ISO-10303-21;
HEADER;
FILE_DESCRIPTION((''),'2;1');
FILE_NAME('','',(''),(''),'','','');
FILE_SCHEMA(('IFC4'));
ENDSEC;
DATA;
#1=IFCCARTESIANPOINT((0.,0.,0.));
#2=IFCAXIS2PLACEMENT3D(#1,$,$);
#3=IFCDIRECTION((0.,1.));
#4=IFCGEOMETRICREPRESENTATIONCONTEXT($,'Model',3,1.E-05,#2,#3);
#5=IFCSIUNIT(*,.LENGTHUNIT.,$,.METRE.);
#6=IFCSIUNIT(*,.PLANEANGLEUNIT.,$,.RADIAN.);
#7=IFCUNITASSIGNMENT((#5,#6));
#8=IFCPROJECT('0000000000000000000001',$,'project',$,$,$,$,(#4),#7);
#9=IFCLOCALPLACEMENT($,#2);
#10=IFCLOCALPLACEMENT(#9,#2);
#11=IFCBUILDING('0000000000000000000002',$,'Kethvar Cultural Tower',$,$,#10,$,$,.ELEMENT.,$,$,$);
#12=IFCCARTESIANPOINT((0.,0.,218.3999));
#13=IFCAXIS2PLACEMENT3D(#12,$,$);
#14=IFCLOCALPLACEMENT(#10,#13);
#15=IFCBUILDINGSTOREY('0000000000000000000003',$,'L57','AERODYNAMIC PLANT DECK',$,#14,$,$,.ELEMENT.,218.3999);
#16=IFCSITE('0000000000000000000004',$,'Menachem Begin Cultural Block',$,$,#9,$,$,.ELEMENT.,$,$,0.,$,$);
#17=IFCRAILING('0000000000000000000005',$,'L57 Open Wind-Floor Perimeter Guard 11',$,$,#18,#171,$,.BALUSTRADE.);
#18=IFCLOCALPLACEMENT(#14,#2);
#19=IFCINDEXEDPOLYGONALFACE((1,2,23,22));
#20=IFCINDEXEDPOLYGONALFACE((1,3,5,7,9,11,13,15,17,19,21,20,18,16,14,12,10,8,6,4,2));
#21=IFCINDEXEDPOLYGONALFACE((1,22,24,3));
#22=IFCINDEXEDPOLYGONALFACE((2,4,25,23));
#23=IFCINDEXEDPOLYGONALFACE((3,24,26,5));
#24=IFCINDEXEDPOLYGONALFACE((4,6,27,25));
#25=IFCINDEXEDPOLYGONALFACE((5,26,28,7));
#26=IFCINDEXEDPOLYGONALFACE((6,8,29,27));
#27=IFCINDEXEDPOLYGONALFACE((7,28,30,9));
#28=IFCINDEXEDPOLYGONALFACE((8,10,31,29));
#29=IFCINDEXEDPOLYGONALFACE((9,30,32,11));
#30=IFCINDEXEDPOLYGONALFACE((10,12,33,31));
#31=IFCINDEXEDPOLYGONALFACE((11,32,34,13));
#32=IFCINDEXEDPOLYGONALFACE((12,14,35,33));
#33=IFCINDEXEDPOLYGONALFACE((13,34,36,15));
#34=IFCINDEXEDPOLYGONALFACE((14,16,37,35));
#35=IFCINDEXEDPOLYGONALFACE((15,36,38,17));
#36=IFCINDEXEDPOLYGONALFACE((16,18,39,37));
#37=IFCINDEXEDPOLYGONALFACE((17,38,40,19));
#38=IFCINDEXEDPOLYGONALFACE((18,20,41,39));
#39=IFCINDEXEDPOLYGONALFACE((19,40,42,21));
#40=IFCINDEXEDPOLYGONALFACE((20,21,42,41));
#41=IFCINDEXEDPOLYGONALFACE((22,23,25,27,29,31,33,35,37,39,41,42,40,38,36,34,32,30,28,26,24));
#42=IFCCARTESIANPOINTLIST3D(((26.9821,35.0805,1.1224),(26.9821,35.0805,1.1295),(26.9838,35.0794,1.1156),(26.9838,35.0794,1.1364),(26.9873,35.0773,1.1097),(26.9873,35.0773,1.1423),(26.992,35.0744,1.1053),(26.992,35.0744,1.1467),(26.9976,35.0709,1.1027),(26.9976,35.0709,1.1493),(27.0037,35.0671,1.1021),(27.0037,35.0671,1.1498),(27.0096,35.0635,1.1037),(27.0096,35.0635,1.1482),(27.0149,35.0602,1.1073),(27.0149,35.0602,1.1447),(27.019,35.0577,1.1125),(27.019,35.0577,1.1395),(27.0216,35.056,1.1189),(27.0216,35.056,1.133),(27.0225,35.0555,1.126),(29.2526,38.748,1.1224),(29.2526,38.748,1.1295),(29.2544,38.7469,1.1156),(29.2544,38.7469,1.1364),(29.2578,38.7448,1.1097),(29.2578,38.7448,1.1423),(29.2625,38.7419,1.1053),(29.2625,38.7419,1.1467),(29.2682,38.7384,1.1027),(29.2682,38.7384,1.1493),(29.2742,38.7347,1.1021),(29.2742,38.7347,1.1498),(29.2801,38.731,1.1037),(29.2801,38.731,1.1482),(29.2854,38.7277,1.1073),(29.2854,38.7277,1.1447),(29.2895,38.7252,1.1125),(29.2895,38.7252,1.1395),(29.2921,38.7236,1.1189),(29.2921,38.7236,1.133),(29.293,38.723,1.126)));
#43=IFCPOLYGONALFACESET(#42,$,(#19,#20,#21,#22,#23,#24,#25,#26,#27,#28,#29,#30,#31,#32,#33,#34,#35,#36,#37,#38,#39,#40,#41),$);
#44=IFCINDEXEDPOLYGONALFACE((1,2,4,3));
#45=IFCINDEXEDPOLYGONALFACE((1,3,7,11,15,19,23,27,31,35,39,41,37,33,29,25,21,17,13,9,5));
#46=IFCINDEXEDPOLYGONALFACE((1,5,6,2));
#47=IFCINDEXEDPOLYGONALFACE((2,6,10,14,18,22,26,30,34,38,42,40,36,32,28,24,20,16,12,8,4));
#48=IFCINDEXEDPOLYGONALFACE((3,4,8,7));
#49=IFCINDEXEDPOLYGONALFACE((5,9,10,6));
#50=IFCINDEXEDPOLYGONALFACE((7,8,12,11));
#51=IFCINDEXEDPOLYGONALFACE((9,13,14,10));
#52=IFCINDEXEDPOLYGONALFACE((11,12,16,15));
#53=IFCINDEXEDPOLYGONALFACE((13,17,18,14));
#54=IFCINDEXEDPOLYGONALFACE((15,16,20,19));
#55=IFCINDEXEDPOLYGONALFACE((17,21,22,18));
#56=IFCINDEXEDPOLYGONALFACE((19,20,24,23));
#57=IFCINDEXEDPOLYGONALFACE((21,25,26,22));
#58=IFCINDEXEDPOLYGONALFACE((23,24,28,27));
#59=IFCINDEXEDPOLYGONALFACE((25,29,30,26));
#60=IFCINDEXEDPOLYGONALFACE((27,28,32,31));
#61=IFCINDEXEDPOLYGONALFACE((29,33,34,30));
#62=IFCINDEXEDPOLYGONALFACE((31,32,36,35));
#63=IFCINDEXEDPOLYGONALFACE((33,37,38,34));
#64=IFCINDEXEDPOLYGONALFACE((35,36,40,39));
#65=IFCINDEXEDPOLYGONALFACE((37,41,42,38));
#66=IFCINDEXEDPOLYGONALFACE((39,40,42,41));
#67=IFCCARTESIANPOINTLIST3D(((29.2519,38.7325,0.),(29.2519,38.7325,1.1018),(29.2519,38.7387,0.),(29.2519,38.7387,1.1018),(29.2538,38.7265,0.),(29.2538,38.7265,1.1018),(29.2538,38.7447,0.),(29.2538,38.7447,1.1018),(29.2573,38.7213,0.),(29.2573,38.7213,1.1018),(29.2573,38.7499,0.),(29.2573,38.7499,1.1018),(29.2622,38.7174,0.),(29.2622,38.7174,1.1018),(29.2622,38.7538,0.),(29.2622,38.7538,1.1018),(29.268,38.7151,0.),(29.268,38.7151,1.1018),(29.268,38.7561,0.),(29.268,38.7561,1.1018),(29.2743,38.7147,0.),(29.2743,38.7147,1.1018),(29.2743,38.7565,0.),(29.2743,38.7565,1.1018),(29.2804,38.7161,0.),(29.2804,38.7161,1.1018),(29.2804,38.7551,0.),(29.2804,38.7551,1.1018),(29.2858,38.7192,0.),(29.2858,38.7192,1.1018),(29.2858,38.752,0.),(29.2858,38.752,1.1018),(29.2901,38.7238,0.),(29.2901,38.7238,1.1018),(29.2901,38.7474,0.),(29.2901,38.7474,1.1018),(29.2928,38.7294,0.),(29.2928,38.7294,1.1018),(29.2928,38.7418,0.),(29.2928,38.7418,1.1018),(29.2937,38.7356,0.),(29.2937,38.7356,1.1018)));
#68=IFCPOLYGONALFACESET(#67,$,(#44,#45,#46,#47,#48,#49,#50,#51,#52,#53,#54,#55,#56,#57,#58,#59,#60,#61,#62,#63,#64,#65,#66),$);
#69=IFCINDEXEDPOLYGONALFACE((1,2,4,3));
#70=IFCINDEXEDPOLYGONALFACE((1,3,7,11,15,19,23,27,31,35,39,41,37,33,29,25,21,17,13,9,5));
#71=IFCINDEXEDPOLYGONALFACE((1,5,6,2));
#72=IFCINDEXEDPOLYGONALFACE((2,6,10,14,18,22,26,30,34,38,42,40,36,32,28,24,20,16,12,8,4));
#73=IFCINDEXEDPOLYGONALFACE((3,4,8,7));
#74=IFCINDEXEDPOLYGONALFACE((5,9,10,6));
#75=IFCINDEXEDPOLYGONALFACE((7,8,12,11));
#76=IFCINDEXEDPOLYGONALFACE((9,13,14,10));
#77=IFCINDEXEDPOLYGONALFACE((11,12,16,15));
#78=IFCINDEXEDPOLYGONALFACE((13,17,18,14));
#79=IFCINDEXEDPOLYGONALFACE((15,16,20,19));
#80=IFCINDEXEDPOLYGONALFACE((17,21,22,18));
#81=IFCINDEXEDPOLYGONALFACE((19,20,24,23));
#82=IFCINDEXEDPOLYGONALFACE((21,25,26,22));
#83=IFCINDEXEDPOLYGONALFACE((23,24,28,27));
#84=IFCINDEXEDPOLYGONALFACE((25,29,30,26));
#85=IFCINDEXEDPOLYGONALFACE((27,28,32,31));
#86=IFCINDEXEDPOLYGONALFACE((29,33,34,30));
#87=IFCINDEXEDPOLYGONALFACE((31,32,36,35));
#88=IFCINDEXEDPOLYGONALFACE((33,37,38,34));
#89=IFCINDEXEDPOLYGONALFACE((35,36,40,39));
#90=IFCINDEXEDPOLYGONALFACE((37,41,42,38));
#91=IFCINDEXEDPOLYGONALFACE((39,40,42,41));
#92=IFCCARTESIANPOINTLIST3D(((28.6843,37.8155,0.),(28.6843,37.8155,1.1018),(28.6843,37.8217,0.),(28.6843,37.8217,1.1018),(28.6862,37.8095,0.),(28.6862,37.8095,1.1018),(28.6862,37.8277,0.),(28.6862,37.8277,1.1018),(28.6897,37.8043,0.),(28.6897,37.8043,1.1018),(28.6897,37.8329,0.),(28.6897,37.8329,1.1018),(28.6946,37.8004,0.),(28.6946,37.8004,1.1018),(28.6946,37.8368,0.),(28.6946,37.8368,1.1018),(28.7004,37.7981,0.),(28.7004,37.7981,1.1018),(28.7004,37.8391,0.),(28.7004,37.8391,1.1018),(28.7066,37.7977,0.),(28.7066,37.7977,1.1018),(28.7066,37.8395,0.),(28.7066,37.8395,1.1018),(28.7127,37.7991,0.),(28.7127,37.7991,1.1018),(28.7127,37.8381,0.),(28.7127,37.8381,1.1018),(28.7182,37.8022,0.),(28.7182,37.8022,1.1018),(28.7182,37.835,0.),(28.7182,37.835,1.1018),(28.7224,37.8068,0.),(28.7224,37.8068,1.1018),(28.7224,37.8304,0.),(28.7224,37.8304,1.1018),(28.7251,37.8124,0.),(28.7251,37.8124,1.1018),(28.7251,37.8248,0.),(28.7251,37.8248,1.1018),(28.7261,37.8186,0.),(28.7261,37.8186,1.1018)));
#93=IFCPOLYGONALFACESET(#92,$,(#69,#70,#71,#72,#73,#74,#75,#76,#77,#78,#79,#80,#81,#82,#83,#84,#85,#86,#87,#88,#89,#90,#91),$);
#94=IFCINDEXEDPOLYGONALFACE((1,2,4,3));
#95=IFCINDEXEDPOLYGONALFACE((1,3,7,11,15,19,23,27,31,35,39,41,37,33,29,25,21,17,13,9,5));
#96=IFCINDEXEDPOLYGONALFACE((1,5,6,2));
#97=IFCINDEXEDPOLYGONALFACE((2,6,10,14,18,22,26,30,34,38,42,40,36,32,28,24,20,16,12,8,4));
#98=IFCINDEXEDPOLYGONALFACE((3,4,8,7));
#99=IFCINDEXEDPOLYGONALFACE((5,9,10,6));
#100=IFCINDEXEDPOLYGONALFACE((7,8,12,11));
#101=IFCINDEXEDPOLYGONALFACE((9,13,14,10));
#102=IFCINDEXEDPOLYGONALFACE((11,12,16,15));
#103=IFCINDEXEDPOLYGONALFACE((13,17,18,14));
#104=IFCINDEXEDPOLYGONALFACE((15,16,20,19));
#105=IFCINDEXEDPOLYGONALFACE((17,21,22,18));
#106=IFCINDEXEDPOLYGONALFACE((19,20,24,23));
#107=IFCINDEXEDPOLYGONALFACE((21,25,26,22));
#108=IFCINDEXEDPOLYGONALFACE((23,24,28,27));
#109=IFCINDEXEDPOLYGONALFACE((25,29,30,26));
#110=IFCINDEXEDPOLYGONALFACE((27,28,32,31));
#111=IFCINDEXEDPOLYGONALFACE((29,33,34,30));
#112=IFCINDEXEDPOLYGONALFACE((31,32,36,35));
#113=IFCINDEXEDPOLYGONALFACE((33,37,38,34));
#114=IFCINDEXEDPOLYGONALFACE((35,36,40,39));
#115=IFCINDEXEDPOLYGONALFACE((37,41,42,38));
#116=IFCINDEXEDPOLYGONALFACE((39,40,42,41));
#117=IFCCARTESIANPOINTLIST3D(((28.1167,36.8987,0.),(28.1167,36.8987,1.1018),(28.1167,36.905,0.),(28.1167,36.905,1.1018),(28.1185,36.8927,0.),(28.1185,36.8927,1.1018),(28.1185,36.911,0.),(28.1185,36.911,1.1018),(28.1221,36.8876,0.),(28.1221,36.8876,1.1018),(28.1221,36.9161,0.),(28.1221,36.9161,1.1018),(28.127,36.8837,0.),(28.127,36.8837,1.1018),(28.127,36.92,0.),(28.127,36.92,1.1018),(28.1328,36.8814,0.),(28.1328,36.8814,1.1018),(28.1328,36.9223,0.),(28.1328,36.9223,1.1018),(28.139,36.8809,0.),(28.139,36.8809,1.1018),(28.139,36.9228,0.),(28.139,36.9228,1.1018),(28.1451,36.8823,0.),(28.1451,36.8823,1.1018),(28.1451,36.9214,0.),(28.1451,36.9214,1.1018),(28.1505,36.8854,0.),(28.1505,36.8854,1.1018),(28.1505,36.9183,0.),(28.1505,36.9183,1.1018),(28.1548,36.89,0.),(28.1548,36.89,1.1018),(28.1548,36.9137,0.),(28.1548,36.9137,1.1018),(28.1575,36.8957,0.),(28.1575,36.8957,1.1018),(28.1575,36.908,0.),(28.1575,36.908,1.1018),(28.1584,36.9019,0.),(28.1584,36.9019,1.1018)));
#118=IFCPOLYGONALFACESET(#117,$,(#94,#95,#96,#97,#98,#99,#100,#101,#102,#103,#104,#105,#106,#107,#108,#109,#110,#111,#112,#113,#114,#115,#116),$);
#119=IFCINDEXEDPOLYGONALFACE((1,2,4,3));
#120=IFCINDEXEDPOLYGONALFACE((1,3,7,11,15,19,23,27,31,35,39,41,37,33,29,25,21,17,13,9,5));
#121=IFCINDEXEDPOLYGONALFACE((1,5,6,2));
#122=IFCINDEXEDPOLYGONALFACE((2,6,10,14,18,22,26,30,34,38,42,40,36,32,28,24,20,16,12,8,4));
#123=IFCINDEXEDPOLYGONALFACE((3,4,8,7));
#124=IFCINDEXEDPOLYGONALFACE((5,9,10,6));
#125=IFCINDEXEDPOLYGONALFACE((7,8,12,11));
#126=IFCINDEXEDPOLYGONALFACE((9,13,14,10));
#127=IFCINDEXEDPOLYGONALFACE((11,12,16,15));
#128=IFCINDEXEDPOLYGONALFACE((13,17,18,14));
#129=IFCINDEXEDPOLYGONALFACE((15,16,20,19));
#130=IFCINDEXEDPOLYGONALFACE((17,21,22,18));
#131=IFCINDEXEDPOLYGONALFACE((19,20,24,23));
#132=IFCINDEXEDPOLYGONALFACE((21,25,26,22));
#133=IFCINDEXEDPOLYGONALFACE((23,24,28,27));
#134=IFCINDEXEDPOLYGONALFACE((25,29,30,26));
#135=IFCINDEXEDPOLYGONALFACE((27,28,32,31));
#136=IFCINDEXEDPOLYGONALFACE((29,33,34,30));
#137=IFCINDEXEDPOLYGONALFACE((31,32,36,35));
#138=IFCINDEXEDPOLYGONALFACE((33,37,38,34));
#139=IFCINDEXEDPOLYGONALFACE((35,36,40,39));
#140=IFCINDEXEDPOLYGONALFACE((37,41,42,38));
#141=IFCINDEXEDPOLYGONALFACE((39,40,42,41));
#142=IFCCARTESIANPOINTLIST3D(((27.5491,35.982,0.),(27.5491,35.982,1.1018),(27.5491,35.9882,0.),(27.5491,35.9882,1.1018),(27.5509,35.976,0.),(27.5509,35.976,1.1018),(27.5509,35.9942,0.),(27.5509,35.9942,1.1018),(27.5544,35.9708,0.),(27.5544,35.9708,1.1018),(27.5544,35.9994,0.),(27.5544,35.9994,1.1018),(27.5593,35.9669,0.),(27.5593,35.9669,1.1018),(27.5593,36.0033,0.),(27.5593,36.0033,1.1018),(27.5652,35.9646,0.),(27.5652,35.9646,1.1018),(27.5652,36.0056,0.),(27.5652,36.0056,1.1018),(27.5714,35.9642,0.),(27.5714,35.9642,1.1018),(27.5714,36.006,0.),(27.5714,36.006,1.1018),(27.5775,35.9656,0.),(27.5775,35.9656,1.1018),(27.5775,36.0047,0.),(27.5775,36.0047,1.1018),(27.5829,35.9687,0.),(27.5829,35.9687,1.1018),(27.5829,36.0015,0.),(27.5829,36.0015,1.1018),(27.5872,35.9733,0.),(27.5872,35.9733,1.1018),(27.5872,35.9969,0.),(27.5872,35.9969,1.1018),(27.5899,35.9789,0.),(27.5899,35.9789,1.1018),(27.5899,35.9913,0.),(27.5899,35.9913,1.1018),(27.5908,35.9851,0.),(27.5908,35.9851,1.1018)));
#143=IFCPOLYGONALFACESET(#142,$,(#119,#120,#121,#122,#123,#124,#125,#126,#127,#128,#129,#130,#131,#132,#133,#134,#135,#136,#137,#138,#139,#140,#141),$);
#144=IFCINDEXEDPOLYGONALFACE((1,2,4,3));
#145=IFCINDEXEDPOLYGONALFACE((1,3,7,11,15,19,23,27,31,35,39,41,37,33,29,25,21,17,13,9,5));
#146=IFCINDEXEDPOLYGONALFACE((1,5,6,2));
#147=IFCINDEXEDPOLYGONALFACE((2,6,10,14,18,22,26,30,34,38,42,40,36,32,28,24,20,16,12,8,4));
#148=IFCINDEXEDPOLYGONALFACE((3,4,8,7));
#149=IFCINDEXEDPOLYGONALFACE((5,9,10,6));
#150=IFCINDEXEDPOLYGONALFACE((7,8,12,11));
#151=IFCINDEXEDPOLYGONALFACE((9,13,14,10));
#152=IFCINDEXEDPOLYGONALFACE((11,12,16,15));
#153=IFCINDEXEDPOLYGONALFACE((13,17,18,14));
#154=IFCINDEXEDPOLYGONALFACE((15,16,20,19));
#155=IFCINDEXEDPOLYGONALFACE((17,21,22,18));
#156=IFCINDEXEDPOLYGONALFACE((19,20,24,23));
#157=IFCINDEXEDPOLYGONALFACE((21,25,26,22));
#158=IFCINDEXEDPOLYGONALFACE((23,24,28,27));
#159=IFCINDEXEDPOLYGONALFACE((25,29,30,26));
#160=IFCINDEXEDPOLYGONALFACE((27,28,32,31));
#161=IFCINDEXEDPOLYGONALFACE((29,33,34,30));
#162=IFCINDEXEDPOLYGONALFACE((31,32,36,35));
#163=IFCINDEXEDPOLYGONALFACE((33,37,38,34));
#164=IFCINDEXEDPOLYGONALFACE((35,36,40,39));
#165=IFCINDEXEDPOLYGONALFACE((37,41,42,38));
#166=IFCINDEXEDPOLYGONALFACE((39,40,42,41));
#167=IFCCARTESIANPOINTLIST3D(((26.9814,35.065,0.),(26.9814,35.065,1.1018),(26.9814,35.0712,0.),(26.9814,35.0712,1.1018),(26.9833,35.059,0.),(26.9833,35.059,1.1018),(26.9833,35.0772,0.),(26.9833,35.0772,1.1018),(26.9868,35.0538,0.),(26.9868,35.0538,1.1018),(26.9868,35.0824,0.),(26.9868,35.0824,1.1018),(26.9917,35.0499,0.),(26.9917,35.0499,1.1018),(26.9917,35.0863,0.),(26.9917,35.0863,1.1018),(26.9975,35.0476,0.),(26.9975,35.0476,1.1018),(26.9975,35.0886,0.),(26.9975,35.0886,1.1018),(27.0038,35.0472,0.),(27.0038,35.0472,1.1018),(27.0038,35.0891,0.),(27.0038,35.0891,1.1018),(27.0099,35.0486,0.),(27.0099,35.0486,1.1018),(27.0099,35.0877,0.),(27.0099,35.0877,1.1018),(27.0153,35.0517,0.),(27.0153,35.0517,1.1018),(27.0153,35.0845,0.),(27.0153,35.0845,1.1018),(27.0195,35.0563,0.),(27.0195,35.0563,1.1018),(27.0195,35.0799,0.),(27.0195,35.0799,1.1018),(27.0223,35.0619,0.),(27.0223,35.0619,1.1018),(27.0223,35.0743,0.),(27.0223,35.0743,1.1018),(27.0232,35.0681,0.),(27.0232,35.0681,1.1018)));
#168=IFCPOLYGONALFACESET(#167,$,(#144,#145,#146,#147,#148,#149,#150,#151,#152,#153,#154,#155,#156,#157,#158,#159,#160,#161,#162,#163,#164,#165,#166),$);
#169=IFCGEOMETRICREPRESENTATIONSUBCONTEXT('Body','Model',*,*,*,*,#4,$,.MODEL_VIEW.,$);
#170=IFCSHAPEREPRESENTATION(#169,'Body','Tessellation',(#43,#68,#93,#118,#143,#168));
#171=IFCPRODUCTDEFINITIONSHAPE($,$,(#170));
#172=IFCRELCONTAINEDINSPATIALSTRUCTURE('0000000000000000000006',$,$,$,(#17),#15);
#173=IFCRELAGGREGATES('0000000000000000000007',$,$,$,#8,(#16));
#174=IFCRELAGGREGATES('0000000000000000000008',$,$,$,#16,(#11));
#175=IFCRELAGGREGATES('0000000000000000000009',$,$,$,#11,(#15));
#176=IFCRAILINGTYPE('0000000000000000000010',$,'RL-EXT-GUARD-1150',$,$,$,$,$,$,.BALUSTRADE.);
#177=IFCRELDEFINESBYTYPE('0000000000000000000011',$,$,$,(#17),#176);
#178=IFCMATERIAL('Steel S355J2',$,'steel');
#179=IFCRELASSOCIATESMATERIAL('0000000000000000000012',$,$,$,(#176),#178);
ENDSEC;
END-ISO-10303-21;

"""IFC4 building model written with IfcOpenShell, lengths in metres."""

from ifc_helpers import new_model, si_unit, direction, frame, origin, origin_2d, place, context, subcontext, project, spatial, circle, extrude, material, type_object, element, save


model = new_model("IFC4")

# Units and contexts
model_context = context("Model", 3, precision=1e-05, world=origin(), true_north=direction((0.0, 1.0)))
body_context = subcontext(model_context, "Body", "Model", "MODEL_VIEW")
ifc_project = project(units=[si_unit("LENGTHUNIT", "METRE"), si_unit("PLANEANGLEUNIT", "RADIAN")], contexts=[model_context])

# Site, building, storey
site_placement = place(None, origin())
site = spatial("IfcSite", under=ifc_project, at=site_placement, Name="Menachem Begin Cultural Block", CompositionType="ELEMENT", RefElevation=0.0)
building_placement = place(site_placement, origin())
building = spatial("IfcBuilding", under=site, at=building_placement, Name="Kethvar Cultural Tower", CompositionType="ELEMENT")
storey_placement = place(building_placement, frame((0.0, 0.0, 218.3999)))
storey = spatial("IfcBuildingStorey", under=building, at=storey_placement, Name="L57", Description="AERODYNAMIC PLANT DECK", CompositionType="ELEMENT", Elevation=218.3999)

# Shared definitions
ifc_material_1 = material(Name="Steel S355J2", Category="steel")

# Railing
railing_type = type_object("IfcRailingType", Name="RL-EXT-GUARD-1150", PredefinedType="BALUSTRADE", material=ifc_material_1)
railing_1_placement = place(storey_placement, frame((29.2727, 38.7356, 0.0)))
element("IfcRailing", 1, at=railing_1_placement, inside=storey, type_object=railing_type, Name="L57 Open Wind-Floor Perimeter Guard 11", PredefinedType="BALUSTRADE", context=body_context, shape_type="SweptSolid", body=[
    extrude(circle(Radius=0.0239, at=origin_2d()), frame((0.0, 0.0, 1.126), z_axis=(-0.526382, -0.850248, 0.0), x_axis=(0.850248, -0.526382, 0.0)), (0.0, 0.0, 1.0), 4.3135),
    extrude(circle(Radius=0.021, at=origin_2d()), origin(), (0.0, 0.0, 1.0), 1.1018),
    extrude(circle(Radius=0.021, at=origin_2d()), frame((-0.5676, -0.917, 0.0)), (0.0, 0.0, 1.0), 1.1018),
    extrude(circle(Radius=0.021, at=origin_2d()), frame((-1.1353, -1.8337, 0.0)), (0.0, 0.0, 1.0), 1.1018),
    extrude(circle(Radius=0.021, at=origin_2d()), frame((-1.7029, -2.7505, 0.0)), (0.0, 0.0, 1.0), 1.1018),
    extrude(circle(Radius=0.021, at=origin_2d()), frame((-2.2705, -3.6675, 0.0)), (0.0, 0.0, 1.0), 1.1018),
])

save(model, "model.ifc")
